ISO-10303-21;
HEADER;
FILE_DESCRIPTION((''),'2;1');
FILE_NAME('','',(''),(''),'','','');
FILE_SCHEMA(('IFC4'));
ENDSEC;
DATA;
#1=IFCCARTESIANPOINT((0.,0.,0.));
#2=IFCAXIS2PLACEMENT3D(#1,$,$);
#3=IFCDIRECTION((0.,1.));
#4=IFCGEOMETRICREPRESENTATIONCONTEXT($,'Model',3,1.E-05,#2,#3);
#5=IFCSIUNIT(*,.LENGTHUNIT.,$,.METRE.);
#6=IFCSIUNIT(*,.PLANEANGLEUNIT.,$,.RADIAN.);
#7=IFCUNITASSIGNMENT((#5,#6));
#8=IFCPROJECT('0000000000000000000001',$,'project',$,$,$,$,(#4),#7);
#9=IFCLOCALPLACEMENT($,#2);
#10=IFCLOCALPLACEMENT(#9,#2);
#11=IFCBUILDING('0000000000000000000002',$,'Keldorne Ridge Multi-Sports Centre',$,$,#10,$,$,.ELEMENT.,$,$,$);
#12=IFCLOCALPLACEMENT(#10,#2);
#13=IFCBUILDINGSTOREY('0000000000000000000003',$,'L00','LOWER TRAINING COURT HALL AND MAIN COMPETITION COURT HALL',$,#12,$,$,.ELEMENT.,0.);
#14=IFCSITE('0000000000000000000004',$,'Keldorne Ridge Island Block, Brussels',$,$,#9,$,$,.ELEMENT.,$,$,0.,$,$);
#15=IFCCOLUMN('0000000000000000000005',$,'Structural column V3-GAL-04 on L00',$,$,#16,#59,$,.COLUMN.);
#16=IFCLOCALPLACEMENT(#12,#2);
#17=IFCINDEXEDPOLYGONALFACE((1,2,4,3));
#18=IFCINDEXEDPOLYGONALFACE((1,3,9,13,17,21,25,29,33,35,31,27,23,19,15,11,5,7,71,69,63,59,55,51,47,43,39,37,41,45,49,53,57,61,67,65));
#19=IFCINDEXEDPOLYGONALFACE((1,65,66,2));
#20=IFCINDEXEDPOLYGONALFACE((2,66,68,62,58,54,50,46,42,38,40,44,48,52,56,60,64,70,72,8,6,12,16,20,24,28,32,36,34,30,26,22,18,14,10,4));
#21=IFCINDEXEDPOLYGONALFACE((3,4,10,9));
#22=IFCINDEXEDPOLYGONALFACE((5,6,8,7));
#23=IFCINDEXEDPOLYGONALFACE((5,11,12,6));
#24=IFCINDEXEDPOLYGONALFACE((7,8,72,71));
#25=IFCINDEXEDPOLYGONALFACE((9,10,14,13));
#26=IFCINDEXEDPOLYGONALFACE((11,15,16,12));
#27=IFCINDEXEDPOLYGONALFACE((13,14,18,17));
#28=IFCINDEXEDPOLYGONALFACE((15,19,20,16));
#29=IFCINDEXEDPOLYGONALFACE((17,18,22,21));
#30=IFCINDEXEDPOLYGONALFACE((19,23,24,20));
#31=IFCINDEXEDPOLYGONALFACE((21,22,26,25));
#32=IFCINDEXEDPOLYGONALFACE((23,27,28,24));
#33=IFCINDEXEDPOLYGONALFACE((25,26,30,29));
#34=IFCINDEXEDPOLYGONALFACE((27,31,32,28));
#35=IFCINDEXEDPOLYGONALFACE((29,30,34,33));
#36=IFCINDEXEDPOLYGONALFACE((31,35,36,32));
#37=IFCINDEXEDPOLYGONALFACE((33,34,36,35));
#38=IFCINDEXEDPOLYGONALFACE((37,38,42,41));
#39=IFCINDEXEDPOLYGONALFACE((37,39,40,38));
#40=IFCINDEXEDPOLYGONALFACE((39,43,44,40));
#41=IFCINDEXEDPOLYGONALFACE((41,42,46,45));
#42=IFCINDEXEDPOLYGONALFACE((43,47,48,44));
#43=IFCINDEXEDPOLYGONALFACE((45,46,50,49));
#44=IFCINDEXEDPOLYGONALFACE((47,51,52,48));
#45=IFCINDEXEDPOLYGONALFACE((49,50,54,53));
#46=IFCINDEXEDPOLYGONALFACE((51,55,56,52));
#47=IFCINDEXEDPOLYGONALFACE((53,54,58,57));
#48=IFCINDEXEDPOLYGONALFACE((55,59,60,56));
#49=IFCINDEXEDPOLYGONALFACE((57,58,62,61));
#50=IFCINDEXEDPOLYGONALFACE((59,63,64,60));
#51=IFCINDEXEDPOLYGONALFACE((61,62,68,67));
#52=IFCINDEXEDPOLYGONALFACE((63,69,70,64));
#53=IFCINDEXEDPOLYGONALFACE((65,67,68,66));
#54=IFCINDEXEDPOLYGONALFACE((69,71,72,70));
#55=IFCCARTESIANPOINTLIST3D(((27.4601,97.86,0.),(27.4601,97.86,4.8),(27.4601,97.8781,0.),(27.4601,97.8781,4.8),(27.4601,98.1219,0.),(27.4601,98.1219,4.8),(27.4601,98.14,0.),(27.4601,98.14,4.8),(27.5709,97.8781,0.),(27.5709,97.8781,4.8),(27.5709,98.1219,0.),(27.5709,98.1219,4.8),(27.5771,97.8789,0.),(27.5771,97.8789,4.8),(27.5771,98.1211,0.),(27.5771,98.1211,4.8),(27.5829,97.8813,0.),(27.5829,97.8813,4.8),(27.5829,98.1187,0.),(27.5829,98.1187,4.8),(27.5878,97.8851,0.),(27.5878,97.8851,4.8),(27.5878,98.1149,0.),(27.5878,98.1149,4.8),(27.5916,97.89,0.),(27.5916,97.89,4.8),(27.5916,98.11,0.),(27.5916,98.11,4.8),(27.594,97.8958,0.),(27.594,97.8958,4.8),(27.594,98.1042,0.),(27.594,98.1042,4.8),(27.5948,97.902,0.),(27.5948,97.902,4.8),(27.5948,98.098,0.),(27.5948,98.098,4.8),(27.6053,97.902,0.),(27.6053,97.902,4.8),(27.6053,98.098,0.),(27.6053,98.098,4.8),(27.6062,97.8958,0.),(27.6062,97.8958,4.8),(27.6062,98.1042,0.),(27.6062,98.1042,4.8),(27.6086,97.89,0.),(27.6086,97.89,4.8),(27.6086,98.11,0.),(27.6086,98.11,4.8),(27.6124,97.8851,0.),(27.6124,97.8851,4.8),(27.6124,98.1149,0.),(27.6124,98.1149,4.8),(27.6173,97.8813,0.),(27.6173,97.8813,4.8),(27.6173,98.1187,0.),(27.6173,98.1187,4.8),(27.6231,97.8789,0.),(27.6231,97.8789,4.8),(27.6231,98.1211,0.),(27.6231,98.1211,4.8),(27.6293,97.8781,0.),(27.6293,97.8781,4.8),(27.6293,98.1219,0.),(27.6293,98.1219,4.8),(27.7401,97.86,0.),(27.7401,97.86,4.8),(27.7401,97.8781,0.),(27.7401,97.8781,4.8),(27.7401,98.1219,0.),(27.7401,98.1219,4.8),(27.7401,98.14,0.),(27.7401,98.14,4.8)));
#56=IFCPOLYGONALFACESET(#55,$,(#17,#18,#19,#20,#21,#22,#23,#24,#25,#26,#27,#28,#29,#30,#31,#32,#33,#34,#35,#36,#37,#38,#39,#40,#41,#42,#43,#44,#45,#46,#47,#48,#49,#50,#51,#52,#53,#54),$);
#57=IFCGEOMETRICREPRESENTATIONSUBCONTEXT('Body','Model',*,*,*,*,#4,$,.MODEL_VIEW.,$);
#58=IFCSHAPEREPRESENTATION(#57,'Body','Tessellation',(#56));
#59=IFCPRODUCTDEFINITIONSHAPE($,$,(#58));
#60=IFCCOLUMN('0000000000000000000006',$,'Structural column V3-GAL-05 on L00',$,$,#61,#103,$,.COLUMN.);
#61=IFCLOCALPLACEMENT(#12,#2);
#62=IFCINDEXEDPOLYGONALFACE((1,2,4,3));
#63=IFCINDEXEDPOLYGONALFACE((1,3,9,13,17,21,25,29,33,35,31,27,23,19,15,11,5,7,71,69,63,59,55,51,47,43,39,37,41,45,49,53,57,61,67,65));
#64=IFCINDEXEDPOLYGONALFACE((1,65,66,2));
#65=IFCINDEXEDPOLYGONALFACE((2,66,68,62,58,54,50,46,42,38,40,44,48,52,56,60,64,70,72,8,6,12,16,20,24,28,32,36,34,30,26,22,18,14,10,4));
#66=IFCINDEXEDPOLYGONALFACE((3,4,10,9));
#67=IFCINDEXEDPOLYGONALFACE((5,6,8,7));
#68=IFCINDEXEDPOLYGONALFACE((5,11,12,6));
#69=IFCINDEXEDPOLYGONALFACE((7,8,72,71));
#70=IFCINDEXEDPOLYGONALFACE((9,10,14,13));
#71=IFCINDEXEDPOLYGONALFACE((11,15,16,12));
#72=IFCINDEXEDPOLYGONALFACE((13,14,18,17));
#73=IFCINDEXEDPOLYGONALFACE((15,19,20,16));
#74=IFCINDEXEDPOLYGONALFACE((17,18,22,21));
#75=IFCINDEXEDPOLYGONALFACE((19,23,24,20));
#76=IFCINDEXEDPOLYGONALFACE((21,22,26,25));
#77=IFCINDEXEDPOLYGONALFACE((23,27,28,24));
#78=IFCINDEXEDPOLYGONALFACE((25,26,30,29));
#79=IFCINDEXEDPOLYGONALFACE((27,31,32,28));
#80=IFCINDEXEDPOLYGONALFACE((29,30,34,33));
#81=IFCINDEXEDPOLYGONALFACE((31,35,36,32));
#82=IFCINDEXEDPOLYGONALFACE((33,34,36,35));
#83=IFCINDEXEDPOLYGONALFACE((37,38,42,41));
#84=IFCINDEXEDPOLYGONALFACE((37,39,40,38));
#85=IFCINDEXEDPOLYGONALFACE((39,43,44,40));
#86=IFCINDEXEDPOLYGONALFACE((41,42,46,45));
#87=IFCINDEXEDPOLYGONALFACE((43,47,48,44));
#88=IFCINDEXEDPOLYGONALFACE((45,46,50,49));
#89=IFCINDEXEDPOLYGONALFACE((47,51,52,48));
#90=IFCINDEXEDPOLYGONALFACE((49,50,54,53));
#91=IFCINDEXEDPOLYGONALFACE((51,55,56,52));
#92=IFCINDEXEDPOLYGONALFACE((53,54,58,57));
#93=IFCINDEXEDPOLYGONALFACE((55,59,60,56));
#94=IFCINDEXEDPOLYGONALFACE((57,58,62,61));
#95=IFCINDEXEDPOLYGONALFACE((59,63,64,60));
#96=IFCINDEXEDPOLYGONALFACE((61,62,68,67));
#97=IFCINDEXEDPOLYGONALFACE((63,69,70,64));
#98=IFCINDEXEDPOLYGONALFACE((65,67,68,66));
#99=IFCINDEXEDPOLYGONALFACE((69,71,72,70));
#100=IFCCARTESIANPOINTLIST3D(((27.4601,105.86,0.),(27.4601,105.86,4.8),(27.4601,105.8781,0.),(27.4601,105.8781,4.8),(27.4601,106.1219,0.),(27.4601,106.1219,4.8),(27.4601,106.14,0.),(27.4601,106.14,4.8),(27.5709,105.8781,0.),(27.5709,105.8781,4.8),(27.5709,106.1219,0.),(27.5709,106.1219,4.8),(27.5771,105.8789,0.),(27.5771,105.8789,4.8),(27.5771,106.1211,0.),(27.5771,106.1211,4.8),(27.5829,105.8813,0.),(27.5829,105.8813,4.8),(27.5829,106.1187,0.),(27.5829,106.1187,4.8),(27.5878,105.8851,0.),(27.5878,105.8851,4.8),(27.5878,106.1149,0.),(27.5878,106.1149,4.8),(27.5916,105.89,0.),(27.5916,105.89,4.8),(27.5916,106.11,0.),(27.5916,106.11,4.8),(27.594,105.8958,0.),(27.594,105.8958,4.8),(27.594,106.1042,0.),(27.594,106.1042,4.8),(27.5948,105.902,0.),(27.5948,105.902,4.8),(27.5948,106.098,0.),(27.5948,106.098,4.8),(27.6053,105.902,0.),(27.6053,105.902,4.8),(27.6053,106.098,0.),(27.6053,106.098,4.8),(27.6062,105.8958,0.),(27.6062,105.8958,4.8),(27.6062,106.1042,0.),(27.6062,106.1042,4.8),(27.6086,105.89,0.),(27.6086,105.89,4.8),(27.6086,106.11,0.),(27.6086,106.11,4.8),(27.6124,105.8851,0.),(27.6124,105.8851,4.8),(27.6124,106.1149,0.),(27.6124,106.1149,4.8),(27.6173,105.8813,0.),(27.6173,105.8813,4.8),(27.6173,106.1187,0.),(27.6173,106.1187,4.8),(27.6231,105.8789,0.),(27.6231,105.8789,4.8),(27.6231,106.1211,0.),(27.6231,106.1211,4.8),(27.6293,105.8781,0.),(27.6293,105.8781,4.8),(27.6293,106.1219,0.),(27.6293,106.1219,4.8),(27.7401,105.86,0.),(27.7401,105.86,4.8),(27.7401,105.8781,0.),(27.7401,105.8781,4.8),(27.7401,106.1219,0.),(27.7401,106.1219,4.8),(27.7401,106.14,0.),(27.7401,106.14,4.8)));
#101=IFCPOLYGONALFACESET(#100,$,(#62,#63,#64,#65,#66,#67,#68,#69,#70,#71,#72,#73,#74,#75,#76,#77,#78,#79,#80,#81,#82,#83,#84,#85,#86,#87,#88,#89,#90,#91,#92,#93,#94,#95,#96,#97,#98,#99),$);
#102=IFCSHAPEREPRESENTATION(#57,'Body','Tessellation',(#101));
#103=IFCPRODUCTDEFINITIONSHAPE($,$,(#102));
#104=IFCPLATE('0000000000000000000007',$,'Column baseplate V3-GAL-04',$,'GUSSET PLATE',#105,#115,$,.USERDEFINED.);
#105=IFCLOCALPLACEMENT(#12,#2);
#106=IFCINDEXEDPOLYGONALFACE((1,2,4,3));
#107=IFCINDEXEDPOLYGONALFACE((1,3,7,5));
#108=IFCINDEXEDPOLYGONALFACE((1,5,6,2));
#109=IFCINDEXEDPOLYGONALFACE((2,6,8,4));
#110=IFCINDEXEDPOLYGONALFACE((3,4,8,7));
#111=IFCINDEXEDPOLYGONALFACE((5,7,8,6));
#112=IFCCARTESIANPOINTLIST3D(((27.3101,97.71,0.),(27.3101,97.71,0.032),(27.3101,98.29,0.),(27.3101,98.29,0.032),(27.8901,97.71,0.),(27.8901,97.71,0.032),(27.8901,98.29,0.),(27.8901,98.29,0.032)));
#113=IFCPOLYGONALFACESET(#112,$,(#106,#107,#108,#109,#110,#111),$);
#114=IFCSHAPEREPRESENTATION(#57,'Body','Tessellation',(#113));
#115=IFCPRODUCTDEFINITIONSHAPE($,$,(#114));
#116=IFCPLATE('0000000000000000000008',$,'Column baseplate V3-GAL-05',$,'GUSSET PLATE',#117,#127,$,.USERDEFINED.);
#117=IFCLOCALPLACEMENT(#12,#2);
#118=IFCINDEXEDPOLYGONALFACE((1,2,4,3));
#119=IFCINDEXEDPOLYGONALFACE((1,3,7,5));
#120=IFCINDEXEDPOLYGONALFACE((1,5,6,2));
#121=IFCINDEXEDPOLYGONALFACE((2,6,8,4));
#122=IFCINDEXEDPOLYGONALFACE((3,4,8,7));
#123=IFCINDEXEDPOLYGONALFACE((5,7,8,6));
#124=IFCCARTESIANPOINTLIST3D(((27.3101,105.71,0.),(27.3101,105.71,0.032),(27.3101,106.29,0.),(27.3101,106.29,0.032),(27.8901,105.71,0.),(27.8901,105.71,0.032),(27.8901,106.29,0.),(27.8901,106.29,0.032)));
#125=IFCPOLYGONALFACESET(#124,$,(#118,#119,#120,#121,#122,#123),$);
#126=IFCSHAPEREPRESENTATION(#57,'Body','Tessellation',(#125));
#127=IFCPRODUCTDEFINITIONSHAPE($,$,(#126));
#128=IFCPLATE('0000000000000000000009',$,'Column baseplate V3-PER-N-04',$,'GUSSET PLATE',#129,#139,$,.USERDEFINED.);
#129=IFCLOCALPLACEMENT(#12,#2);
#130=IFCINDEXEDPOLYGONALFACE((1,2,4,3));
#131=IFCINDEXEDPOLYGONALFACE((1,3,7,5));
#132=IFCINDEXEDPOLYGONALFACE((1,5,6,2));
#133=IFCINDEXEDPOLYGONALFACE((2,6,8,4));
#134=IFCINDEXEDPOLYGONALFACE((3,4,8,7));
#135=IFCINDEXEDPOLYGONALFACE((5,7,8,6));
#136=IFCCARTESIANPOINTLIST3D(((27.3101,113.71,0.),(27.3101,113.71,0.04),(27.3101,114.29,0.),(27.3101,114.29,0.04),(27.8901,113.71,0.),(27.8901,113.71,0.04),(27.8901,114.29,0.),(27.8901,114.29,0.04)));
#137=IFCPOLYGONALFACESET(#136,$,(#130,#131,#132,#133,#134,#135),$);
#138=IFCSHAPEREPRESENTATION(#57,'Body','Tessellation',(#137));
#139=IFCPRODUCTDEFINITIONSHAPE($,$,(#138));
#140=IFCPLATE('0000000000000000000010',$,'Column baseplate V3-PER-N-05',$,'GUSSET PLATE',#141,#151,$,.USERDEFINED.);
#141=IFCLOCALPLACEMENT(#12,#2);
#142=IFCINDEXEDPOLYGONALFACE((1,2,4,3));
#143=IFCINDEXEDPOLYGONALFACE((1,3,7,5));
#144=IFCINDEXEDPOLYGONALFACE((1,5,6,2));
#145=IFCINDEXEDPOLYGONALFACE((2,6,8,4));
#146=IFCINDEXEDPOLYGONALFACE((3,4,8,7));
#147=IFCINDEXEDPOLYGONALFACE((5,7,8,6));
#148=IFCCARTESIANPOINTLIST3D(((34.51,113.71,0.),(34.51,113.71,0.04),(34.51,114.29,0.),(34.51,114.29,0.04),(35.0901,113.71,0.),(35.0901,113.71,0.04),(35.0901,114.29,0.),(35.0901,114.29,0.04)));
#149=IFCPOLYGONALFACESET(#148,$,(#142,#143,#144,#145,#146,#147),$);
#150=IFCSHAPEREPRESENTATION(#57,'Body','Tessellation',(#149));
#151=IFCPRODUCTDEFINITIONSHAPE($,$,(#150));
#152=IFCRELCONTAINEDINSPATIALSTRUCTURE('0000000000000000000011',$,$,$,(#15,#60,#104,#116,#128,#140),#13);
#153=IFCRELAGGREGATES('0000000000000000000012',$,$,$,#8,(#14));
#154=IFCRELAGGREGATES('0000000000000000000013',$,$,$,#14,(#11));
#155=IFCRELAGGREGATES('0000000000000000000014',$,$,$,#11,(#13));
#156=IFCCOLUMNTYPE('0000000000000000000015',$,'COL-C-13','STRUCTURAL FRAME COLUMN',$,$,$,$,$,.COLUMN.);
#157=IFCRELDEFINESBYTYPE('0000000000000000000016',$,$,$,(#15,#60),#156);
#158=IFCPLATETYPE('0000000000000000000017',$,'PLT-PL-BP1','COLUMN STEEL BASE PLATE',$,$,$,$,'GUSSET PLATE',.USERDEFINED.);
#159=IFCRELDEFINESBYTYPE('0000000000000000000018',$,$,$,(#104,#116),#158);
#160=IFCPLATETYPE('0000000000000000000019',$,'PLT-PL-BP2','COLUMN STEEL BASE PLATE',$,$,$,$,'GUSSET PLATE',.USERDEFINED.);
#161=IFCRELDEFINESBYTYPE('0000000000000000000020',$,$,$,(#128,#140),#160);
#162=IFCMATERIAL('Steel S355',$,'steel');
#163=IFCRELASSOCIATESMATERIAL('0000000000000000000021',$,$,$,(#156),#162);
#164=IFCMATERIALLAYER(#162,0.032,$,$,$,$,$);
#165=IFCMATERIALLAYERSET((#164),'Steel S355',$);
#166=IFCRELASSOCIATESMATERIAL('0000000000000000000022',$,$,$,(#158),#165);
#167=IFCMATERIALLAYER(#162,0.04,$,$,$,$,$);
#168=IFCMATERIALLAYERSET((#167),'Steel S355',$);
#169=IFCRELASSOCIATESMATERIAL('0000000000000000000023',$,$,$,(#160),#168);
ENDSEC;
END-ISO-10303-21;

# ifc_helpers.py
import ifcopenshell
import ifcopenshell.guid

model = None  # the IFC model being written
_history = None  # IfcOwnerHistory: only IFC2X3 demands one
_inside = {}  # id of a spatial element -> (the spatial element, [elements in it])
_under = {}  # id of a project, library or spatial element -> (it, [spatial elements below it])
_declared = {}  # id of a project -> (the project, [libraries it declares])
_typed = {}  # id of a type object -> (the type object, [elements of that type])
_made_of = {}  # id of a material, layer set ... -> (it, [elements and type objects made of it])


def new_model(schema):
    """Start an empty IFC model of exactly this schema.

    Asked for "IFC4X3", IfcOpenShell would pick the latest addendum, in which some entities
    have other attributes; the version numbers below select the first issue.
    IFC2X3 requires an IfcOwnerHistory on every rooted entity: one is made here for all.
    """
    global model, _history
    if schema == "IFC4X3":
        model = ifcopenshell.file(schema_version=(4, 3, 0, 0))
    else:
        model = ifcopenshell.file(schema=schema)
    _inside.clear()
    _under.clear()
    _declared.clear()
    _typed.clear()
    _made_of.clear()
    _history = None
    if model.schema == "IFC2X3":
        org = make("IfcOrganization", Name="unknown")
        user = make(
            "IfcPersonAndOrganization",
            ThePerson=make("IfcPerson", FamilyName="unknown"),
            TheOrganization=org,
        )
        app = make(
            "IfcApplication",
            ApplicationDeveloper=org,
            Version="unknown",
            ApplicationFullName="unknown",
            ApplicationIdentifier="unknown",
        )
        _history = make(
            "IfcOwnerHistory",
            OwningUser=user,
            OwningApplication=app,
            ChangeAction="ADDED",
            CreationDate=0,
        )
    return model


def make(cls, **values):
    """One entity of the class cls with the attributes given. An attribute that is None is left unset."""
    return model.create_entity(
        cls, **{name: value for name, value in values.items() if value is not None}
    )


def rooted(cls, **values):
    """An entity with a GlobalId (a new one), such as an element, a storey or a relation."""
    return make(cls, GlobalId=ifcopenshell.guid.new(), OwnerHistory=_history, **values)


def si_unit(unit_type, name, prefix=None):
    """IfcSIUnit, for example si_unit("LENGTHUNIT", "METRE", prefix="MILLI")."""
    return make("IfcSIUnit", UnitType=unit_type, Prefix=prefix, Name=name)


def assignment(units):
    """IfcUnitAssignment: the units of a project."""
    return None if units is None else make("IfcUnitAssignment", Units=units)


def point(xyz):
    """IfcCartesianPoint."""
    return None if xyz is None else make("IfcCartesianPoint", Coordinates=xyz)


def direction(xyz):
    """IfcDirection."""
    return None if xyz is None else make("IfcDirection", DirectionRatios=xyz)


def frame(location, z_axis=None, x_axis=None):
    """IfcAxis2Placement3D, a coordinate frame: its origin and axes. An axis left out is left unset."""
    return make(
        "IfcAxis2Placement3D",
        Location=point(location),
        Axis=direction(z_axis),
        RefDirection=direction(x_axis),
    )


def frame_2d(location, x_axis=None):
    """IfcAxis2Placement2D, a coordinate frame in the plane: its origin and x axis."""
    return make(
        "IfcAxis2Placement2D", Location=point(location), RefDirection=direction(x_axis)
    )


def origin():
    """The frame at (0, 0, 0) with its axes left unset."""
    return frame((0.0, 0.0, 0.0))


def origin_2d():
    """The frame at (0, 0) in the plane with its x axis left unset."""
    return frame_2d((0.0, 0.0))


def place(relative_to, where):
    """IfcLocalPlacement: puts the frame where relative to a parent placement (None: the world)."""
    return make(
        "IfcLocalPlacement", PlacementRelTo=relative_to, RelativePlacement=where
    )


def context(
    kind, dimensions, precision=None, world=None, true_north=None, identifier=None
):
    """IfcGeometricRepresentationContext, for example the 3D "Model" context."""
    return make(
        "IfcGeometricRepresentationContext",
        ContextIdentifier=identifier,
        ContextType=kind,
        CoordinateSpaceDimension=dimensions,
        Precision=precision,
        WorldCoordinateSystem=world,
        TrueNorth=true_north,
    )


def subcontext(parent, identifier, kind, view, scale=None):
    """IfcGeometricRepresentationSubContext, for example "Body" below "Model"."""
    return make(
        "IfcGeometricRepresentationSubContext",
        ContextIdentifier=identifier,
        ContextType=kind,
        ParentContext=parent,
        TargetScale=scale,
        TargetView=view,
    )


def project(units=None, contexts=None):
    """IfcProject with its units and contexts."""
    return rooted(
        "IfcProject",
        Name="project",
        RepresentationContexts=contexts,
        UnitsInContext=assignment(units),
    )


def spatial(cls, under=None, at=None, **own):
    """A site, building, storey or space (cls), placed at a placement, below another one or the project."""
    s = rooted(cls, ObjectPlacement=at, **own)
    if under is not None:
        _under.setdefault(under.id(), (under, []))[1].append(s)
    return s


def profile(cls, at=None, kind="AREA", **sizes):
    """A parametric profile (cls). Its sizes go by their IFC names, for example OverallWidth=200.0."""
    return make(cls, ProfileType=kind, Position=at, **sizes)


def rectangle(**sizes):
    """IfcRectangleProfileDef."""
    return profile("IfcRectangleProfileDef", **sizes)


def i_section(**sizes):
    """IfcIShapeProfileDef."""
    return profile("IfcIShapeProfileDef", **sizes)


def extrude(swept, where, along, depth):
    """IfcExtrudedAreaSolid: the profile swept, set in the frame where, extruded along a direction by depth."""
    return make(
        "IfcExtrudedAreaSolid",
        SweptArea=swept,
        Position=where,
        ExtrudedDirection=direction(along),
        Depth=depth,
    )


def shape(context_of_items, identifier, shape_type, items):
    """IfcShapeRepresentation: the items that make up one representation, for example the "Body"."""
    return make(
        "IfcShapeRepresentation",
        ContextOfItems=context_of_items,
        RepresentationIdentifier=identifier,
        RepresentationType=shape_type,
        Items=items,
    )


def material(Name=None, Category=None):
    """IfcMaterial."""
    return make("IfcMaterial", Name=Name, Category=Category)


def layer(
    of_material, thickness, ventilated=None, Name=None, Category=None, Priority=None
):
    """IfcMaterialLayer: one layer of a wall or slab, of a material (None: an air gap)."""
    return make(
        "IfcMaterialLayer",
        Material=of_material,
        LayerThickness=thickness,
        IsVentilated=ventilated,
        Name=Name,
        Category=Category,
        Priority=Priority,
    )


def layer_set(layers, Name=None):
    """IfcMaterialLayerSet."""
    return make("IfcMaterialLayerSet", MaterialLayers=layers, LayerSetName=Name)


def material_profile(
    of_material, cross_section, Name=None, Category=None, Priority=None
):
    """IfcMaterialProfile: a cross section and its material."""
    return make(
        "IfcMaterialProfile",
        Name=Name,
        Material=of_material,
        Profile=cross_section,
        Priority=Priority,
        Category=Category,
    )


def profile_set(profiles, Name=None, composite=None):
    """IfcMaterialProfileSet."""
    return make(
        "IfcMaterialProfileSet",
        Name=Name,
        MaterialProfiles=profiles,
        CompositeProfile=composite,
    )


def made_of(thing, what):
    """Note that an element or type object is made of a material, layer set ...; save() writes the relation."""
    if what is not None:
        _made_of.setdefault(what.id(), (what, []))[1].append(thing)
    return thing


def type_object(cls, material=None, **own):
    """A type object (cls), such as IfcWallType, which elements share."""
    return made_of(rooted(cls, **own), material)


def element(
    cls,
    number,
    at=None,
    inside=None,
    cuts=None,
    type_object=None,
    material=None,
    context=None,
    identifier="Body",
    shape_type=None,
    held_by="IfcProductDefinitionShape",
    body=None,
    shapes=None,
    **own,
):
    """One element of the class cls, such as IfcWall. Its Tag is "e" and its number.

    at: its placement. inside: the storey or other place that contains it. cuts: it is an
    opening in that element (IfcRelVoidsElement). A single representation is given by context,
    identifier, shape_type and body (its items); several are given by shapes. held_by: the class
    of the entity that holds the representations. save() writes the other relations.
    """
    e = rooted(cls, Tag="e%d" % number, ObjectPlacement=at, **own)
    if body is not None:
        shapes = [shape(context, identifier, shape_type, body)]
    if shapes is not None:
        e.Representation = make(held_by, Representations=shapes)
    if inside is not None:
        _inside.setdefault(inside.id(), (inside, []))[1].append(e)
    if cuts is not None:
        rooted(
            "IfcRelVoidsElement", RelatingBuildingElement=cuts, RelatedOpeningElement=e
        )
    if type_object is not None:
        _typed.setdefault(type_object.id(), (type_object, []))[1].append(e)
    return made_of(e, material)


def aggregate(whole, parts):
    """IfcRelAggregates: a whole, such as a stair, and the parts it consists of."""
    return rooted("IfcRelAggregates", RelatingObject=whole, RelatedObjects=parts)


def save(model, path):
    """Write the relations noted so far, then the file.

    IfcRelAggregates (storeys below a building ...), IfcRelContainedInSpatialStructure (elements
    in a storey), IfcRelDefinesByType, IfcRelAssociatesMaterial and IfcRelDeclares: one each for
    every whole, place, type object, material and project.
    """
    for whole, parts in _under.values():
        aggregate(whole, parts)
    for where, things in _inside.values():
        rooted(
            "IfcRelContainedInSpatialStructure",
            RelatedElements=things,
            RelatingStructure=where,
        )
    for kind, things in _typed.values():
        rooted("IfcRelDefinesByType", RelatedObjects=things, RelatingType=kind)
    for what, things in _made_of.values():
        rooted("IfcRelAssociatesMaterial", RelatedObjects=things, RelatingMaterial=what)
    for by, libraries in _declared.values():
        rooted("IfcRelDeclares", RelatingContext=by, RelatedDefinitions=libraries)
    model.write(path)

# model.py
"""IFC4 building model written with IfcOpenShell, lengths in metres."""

from ifc_helpers import new_model, si_unit, direction, frame, origin, origin_2d, place, context, subcontext, project, spatial, rectangle, i_section, extrude, material, layer, layer_set, material_profile, profile_set, type_object, element, save


model = new_model("IFC4")

# Units and contexts
model_context = context("Model", 3, precision=1e-05, world=origin(), true_north=direction((0.0, 1.0)))
body_context = subcontext(model_context, "Body", "Model", "MODEL_VIEW")
ifc_project = project(units=[si_unit("LENGTHUNIT", "METRE"), si_unit("PLANEANGLEUNIT", "RADIAN")], contexts=[model_context])

# Site, building, storey
site_placement = place(None, origin())
site = spatial("IfcSite", under=ifc_project, at=site_placement, Name="Keldorne Ridge Island Block, Brussels", CompositionType="ELEMENT", RefElevation=0.0)
building_placement = place(site_placement, origin())
building = spatial("IfcBuilding", under=site, at=building_placement, Name="Keldorne Ridge Multi-Sports Centre", CompositionType="ELEMENT")
storey_placement = place(building_placement, origin())
storey = spatial("IfcBuildingStorey", under=building, at=storey_placement, Name="L00", Description="LOWER TRAINING COURT HALL AND MAIN COMPETITION COURT HALL", CompositionType="ELEMENT", Elevation=0.0)

# Columns
ifc_material_1 = material(Name="Steel S355", Category="steel")
ifc_material_profile_1 = material_profile(ifc_material_1, i_section(OverallWidth=0.28, OverallDepth=0.28, WebThickness=0.0105, FlangeThickness=0.0181, FilletRadius=0.0239, at=origin_2d()), Name="HEB 280")
ifc_profile_set_1 = profile_set([ifc_material_profile_1], Name="Steel S355")
column_type_1 = type_object("IfcColumnType", Name="COL-C-13", Description="STRUCTURAL FRAME COLUMN", PredefinedType="COLUMN", material=ifc_profile_set_1)
for number, where, z_axis, x_axis, name in (
    (1, (27.6001, 98.0, 0.0), (0.0, 0.0, 1.0), (1.0, 0.0, 0.0), "Structural column V3-GAL-04 on L00"),
    (2, (27.6001, 106.0, 0.0), (0.0, 0.0, 1.0), (1.0, 0.0, 0.0), "Structural column V3-GAL-05 on L00"),
):
    element("IfcColumn", number, at=place(storey_placement, frame(where, z_axis=z_axis, x_axis=x_axis)), inside=storey, type_object=column_type_1, Name=name, PredefinedType="COLUMN", context=body_context, shape_type="SweptSolid", body=[
        extrude(i_section(OverallWidth=0.28, OverallDepth=0.28, WebThickness=0.0105, FlangeThickness=0.0181, FilletRadius=0.0239, at=origin_2d()), origin(), (0.0, 0.0, 1.0), 4.8),
    ])

# Plates
ifc_layer_1 = layer(ifc_material_1, 0.032)
ifc_layer_set_1 = layer_set([ifc_layer_1], Name="Steel S355")
plate_type_1 = type_object("IfcPlateType", Name="PLT-PL-BP1", Description="COLUMN STEEL BASE PLATE", ElementType="GUSSET PLATE", PredefinedType="USERDEFINED", material=ifc_layer_set_1)
for number, where, z_axis, x_axis, name in (
    (3, (27.6001, 98.0, 0.0), (0.0, 0.0, 1.0), (1.0, 0.0, 0.0), "Column baseplate V3-GAL-04"),
    (4, (27.6001, 106.0, 0.0), (0.0, 0.0, 1.0), (1.0, 0.0, 0.0), "Column baseplate V3-GAL-05"),
):
    element("IfcPlate", number, at=place(storey_placement, frame(where, z_axis=z_axis, x_axis=x_axis)), inside=storey, type_object=plate_type_1, Name=name, ObjectType="GUSSET PLATE", PredefinedType="USERDEFINED", context=body_context, shape_type="SweptSolid", body=[
        extrude(rectangle(XDim=0.5801, YDim=0.5801, at=origin_2d()), origin(), (0.0, 0.0, 1.0), 0.032),
    ])
ifc_layer_2 = layer(ifc_material_1, 0.04)
ifc_layer_set_2 = layer_set([ifc_layer_2], Name="Steel S355")
plate_type_2 = type_object("IfcPlateType", Name="PLT-PL-BP2", Description="COLUMN STEEL BASE PLATE", ElementType="GUSSET PLATE", PredefinedType="USERDEFINED", material=ifc_layer_set_2)
for number, where, z_axis, x_axis, name in (
    (5, (27.6001, 114.0, 0.0), (0.0, 0.0, 1.0), (1.0, 0.0, 0.0), "Column baseplate V3-PER-N-04"),
    (6, (34.8, 114.0, 0.0), (0.0, 0.0, 1.0), (1.0, 0.0, 0.0), "Column baseplate V3-PER-N-05"),
):
    element("IfcPlate", number, at=place(storey_placement, frame(where, z_axis=z_axis, x_axis=x_axis)), inside=storey, type_object=plate_type_2, Name=name, ObjectType="GUSSET PLATE", PredefinedType="USERDEFINED", context=body_context, shape_type="SweptSolid", body=[
        extrude(rectangle(XDim=0.5801, YDim=0.5801, at=origin_2d()), origin(), (0.0, 0.0, 1.0), 0.04),
    ])

save(model, "model.ifc")
